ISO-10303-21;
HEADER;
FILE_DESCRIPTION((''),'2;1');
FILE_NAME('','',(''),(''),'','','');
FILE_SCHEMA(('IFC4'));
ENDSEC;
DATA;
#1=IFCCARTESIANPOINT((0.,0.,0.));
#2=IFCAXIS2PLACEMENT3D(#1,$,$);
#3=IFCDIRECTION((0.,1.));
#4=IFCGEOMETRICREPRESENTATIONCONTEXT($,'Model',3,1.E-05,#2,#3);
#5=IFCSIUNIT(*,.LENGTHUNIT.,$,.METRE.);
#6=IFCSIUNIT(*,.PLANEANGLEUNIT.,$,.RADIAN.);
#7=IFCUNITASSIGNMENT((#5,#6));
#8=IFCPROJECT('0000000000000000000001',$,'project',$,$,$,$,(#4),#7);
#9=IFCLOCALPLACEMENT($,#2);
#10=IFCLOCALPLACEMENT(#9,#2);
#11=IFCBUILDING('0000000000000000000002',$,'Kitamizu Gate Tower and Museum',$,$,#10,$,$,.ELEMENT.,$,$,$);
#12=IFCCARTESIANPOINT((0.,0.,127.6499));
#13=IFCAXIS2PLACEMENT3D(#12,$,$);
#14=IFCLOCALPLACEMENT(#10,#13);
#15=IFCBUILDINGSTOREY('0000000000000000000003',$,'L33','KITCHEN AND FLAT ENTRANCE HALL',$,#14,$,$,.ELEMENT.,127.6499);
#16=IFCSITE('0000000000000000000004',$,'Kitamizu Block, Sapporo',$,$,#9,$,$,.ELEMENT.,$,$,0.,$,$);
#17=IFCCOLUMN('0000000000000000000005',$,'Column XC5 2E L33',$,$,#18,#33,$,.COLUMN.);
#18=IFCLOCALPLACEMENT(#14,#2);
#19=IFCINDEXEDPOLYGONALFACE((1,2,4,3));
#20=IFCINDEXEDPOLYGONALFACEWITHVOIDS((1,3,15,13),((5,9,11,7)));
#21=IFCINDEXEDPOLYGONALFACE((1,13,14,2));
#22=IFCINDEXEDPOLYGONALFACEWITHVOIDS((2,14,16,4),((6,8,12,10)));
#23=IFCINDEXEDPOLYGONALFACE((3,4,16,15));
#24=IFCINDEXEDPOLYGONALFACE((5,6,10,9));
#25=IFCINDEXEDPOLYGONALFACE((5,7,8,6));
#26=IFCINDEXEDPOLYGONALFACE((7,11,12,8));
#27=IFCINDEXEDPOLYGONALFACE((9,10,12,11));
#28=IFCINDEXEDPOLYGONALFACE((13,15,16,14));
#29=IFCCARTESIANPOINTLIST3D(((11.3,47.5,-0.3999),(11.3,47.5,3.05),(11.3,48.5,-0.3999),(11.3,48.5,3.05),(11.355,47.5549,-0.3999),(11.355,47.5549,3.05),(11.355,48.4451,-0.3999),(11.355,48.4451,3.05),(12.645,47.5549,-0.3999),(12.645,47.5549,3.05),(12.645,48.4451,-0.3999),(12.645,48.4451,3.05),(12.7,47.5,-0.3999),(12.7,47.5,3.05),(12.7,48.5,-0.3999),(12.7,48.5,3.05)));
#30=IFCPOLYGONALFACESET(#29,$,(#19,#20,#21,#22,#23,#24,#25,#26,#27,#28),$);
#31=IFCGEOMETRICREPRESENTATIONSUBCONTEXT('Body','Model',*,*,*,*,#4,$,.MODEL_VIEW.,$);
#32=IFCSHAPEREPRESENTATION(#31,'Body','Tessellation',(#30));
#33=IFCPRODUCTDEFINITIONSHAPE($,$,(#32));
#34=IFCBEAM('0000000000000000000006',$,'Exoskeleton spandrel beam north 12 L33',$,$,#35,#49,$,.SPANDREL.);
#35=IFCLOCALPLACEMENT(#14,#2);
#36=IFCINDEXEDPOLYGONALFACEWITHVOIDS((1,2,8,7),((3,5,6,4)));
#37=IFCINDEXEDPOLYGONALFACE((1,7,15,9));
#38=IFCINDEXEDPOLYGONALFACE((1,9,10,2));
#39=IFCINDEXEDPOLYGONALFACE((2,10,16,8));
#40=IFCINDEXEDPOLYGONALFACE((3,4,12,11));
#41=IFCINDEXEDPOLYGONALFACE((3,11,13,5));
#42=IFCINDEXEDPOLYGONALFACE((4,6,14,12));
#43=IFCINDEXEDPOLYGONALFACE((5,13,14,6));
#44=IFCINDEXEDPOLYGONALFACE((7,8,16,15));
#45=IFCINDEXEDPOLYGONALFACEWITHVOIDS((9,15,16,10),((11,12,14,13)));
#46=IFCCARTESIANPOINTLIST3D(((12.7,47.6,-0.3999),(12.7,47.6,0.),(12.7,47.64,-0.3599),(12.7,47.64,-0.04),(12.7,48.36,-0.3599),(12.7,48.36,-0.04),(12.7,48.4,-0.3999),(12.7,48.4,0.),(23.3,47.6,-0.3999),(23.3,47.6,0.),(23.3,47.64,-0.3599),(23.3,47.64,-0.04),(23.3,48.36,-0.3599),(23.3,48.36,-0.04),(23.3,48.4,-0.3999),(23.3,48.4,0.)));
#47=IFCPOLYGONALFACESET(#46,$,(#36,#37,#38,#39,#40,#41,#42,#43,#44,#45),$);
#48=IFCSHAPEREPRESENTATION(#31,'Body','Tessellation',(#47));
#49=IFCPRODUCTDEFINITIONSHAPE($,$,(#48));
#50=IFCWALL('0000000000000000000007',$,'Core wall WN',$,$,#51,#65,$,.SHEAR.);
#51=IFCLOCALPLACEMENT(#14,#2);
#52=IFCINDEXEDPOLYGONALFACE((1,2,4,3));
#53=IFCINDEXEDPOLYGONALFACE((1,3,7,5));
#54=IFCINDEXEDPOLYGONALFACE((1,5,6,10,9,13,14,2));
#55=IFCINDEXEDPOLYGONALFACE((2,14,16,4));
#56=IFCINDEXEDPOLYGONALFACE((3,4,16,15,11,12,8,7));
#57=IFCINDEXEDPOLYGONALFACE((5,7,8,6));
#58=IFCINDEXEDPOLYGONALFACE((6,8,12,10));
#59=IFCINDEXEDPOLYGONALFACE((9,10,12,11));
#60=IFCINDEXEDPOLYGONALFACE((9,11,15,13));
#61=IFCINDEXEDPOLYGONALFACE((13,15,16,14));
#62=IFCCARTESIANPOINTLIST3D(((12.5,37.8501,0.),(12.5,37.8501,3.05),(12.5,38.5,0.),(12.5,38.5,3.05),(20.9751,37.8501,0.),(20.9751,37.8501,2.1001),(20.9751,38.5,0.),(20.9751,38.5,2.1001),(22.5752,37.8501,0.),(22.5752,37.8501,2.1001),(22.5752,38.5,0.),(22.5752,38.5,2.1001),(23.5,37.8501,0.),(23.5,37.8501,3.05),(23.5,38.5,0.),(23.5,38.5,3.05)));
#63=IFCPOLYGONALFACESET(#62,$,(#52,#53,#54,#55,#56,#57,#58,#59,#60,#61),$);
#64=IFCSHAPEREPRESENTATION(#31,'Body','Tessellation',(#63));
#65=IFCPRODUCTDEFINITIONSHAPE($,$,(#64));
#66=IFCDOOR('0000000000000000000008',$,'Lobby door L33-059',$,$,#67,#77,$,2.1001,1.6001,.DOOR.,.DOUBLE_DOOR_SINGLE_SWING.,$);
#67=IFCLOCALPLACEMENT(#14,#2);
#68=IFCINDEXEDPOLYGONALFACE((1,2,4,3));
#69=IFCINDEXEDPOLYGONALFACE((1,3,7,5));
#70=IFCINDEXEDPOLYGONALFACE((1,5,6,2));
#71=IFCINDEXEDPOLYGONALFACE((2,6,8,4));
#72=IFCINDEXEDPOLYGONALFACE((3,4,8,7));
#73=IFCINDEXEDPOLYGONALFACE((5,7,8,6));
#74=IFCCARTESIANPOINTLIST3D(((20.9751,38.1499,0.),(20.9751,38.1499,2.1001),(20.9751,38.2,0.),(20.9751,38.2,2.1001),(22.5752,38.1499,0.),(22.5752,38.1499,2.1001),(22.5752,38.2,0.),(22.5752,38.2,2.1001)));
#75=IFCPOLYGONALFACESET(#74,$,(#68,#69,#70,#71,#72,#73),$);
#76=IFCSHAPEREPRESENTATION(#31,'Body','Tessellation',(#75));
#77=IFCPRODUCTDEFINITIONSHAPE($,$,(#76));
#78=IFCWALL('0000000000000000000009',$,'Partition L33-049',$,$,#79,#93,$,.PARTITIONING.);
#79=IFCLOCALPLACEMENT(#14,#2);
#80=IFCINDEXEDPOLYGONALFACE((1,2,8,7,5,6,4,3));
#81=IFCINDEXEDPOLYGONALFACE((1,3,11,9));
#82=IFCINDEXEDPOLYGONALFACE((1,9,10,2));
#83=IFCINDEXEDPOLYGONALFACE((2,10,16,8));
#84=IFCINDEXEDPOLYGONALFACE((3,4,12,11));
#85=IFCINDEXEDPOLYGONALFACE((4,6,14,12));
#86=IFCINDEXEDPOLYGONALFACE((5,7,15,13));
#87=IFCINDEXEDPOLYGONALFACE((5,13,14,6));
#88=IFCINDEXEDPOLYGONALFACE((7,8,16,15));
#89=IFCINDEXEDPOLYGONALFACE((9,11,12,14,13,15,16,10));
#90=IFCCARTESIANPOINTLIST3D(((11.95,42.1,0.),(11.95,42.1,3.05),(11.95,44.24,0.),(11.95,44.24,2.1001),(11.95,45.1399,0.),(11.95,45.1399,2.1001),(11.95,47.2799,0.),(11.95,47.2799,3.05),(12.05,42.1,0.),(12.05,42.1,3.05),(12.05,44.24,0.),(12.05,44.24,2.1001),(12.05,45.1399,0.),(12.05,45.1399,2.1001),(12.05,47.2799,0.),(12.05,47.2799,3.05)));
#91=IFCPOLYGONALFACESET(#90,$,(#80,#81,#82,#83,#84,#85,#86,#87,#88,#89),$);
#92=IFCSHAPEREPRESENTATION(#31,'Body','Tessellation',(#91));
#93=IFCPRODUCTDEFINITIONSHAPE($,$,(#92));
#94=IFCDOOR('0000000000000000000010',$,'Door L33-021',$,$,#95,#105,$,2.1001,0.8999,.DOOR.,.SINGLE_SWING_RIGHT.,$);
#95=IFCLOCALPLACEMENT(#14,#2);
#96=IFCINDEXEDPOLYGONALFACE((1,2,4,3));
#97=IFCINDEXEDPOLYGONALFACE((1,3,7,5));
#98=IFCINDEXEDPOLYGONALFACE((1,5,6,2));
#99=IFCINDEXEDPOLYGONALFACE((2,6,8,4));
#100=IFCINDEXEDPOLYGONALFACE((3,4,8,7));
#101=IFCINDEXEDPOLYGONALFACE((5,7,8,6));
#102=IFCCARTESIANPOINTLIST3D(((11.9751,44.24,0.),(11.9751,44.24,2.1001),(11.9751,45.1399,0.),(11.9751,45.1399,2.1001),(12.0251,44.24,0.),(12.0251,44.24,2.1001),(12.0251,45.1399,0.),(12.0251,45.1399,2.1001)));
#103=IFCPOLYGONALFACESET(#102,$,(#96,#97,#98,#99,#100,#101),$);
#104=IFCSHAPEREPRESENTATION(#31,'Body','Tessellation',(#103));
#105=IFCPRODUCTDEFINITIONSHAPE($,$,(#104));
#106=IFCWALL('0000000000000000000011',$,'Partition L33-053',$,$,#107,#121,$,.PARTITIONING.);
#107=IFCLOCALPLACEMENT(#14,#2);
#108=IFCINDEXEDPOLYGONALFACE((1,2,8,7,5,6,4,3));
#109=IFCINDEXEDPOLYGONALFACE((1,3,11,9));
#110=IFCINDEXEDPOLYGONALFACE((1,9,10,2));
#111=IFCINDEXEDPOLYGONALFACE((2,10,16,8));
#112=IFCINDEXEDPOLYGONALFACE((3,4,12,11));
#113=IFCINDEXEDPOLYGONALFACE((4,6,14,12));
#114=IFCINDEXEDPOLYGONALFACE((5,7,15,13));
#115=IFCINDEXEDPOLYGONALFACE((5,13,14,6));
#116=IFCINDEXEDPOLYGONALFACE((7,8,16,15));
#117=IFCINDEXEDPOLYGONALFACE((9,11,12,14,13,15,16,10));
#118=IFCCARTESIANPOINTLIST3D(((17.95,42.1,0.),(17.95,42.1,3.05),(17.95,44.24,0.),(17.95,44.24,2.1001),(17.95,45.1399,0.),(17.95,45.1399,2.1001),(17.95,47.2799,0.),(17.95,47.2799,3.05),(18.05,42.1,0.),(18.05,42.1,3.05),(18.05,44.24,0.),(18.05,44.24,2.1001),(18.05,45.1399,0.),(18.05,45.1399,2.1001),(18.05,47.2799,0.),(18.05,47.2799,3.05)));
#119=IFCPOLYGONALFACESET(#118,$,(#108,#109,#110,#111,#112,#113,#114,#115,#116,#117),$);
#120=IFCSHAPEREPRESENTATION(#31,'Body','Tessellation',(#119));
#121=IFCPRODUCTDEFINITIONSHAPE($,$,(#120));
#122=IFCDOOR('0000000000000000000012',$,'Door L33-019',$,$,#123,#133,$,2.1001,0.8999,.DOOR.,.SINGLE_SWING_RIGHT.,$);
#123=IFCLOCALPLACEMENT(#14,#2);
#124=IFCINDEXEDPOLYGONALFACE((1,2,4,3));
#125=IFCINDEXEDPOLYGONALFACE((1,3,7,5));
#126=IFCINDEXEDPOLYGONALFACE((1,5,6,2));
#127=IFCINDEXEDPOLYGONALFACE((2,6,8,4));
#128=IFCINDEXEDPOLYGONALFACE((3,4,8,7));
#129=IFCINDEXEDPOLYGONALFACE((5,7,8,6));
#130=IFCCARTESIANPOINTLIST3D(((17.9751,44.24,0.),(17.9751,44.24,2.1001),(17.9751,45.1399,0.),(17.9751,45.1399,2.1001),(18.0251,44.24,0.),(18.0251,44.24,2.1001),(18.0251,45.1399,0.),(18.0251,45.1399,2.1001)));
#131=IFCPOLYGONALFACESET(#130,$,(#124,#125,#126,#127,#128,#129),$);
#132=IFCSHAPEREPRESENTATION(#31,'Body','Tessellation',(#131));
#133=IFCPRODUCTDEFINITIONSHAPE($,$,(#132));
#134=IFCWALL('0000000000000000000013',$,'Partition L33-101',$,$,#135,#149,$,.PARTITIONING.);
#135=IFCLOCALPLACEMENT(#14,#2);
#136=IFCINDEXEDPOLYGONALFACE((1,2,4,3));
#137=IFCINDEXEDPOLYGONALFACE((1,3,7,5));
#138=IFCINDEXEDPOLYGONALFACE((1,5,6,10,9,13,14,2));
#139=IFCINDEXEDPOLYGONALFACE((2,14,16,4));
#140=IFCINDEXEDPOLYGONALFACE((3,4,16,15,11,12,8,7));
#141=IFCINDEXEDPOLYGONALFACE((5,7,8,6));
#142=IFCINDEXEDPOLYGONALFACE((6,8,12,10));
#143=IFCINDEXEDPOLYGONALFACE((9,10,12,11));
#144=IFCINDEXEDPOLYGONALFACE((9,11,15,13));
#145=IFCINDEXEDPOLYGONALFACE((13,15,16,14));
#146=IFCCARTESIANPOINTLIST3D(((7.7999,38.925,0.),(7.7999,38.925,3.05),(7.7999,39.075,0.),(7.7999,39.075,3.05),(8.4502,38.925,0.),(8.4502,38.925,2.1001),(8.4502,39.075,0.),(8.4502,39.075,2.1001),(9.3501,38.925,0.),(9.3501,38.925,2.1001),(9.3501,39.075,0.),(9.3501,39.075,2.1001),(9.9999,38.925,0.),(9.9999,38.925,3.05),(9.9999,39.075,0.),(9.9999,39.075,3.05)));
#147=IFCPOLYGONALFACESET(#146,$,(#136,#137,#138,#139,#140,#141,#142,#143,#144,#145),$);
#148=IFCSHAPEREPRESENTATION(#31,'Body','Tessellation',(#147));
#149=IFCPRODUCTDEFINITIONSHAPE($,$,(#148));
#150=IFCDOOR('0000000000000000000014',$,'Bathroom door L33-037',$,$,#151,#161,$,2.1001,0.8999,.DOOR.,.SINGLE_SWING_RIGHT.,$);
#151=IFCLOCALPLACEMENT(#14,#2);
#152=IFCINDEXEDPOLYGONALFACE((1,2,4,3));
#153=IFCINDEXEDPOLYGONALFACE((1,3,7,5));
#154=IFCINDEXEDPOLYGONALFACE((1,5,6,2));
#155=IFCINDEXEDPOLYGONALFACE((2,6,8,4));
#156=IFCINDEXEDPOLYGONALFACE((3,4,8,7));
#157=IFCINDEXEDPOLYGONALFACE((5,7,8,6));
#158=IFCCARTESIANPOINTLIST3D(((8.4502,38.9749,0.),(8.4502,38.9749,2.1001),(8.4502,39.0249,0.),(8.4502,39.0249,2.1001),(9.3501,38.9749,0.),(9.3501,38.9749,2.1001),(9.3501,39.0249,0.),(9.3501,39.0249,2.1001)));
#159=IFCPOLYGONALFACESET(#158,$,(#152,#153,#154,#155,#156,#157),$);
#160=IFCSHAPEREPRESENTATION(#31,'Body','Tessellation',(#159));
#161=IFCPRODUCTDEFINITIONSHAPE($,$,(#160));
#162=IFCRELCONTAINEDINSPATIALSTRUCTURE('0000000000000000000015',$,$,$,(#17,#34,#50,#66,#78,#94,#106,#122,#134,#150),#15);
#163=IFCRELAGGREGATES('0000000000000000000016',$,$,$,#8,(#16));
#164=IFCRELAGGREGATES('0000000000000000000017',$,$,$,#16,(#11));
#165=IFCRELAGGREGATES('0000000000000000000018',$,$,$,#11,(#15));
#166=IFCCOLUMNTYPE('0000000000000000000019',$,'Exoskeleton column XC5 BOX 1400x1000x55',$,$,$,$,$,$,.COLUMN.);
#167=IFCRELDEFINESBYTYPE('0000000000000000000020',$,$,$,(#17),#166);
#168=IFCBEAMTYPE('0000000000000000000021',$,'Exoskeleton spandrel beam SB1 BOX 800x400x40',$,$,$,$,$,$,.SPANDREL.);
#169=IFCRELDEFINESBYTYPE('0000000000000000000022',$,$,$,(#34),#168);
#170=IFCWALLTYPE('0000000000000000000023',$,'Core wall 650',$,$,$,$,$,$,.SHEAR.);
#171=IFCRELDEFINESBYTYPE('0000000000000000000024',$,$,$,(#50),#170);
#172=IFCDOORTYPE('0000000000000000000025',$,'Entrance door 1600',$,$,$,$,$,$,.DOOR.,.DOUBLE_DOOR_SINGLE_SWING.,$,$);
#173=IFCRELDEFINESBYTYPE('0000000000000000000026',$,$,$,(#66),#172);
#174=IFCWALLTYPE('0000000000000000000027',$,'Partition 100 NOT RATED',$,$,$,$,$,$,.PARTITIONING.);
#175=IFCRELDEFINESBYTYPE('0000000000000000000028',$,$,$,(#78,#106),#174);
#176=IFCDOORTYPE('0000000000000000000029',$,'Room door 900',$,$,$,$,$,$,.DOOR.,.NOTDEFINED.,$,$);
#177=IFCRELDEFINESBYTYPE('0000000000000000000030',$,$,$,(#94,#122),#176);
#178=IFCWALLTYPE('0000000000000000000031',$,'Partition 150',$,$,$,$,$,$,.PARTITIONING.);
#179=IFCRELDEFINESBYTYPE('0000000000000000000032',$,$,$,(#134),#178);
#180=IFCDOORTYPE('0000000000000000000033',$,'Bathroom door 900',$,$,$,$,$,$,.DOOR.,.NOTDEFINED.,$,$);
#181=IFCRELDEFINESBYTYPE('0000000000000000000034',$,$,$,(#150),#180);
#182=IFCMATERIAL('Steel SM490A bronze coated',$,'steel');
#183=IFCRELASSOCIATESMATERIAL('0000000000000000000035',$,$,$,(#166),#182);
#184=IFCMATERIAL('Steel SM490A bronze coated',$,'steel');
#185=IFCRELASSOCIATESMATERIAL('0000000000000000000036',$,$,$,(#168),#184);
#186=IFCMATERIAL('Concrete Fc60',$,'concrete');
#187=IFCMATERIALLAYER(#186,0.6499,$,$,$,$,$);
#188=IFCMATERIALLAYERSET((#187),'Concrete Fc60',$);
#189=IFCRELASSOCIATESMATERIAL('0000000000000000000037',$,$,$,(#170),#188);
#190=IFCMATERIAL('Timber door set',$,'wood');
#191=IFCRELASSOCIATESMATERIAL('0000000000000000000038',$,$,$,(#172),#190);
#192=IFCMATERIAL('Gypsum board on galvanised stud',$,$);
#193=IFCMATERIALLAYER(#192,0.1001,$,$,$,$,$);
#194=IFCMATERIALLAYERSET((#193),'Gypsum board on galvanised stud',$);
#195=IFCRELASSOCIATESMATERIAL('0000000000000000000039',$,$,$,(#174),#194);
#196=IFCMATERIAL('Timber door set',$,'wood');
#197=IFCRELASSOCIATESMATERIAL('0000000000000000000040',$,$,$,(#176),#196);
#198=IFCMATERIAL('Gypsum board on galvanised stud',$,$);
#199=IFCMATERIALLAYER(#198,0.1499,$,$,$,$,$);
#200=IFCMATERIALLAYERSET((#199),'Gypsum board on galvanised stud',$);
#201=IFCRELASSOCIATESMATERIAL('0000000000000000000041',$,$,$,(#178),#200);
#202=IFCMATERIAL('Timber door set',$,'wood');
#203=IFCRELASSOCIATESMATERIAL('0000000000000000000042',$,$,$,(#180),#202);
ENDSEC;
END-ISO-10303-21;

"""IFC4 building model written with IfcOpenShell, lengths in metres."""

from ifc_helpers import new_model, si_unit, direction, frame, frame_2d, origin, origin_2d, place, context, subcontext, project, spatial, rectangle, hollow_rectangle, extrude, material, layer, layer_set, material_profile, profile_set, type_object, element, fill, save


model = new_model("IFC4")

# Units and contexts
model_context = context("Model", 3, precision=1e-05, world=origin(), true_north=direction((0.0, 1.0)))
body_context = subcontext(model_context, "Body", "Model", "MODEL_VIEW")
ifc_project = project(units=[si_unit("LENGTHUNIT", "METRE"), si_unit("PLANEANGLEUNIT", "RADIAN")], contexts=[model_context])

# Site, building, storey
site_placement = place(None, origin())
site = spatial("IfcSite", under=ifc_project, at=site_placement, Name="Kitamizu Block, Sapporo", CompositionType="ELEMENT", RefElevation=0.0)
building_placement = place(site_placement, origin())
building = spatial("IfcBuilding", under=site, at=building_placement, Name="Kitamizu Gate Tower and Museum", CompositionType="ELEMENT")
storey_placement = place(building_placement, frame((0.0, 0.0, 127.6499)))
storey = spatial("IfcBuildingStorey", under=building, at=storey_placement, Name="L33", Description="KITCHEN AND FLAT ENTRANCE HALL", CompositionType="ELEMENT", Elevation=127.6499)

# Column
ifc_material_1 = material(Name="Steel SM490A bronze coated", Category="steel")
ifc_material_profile_1 = material_profile(ifc_material_1, hollow_rectangle(XDim=1.3999, YDim=1.0, WallThickness=0.0549, at=origin_2d()), Name="BOX 1400x1000x55")
ifc_profile_set_1 = profile_set([ifc_material_profile_1], Name="Steel SM490A bronze coated")
column_type = type_object("IfcColumnType", Name="Exoskeleton column XC5 BOX 1400x1000x55", PredefinedType="COLUMN", material=ifc_profile_set_1)
column_placement = place(storey_placement, frame((12.0, 48.0, -0.3999), z_axis=(0.0, 0.0, 1.0), x_axis=(1.0, 0.0, 0.0)))
element("IfcColumn", 1, at=column_placement, inside=storey, type_object=column_type, Name="Column XC5 2E L33", PredefinedType="COLUMN", context=body_context, shape_type="SweptSolid", body=[
    extrude(hollow_rectangle(XDim=1.3999, YDim=1.0, WallThickness=0.0549, at=origin_2d()), origin(), (0.0, 0.0, 1.0), 3.45),
])

# Beam
ifc_material_2 = material(Name="Steel SM490A bronze coated", Category="steel")
ifc_material_profile_2 = material_profile(ifc_material_2, hollow_rectangle(XDim=0.8, YDim=0.3999, WallThickness=0.04, at=origin_2d()), Name="BOX 800x400x40")
ifc_profile_set_2 = profile_set([ifc_material_profile_2], Name="Steel SM490A bronze coated")
beam_type = type_object("IfcBeamType", Name="Exoskeleton spandrel beam SB1 BOX 800x400x40", PredefinedType="SPANDREL", material=ifc_profile_set_2)
beam_placement = place(storey_placement, frame((12.7, 48.0, -0.2), z_axis=(1.0, 0.0, 0.0), x_axis=(0.0, 1.0, 0.0)))
element("IfcBeam", 2, at=beam_placement, inside=storey, type_object=beam_type, Name="Exoskeleton spandrel beam north 12 L33", PredefinedType="SPANDREL", context=body_context, shape_type="SweptSolid", body=[
    extrude(hollow_rectangle(XDim=0.8, YDim=0.3999, WallThickness=0.04, at=origin_2d()), origin(), (0.0, 0.0, 1.0), 10.6001),
])

# Walls, openings, doors
ifc_material_3 = material(Name="Concrete Fc60", Category="concrete")
ifc_layer_1 = layer(ifc_material_3, 0.6499)
ifc_layer_set_1 = layer_set([ifc_layer_1], Name="Concrete Fc60")
wall_type_1 = type_object("IfcWallType", Name="Core wall 650", PredefinedType="SHEAR", material=ifc_layer_set_1)
wall_1_placement = place(storey_placement, frame((12.5, 38.175, 0.0), z_axis=(0.0, 0.0, 1.0), x_axis=(1.0, 0.0, 0.0)))
wall_1 = element("IfcWall", 3, at=wall_1_placement, inside=storey, type_object=wall_type_1, Name="Core wall WN", PredefinedType="SHEAR", context=body_context, shape_type="SweptSolid", body=[
    extrude(rectangle(XDim=11.0, YDim=0.6499, at=frame_2d((5.5, 0.0))), origin(), (0.0, 0.0, 1.0), 3.05),
])
opening_1_placement = place(wall_1_placement, frame((8.4751, 0.0, 0.0)))
opening_1 = element("IfcOpeningElement", 4, at=opening_1_placement, cuts=wall_1, PredefinedType="OPENING", context=body_context, shape_type="SweptSolid", body=[
    extrude(rectangle(XDim=1.6001, YDim=2.1001, at=frame_2d((0.8, 1.05))), frame((0.0, 0.335, 0.0), z_axis=(0.0, -1.0, 0.0), x_axis=(1.0, 0.0, 0.0)), (0.0, 0.0, 1.0), 0.6699),
])
ifc_material_4 = material(Name="Timber door set", Category="wood")
door_type_1 = type_object("IfcDoorType", Name="Entrance door 1600", OperationType="DOUBLE_DOOR_SINGLE_SWING", PredefinedType="DOOR", material=ifc_material_4)
door_1_placement = place(opening_1_placement, origin())
door_1 = element("IfcDoor", 5, at=door_1_placement, inside=storey, type_object=door_type_1, Name="Lobby door L33-059", OperationType="DOUBLE_DOOR_SINGLE_SWING", OverallHeight=2.1001, OverallWidth=1.6001, PredefinedType="DOOR", context=body_context, shape_type="SweptSolid", body=[
    extrude(rectangle(XDim=1.6001, YDim=2.1001, at=frame_2d((0.8, 1.05))), frame((0.0, 0.0249, 0.0), z_axis=(0.0, -1.0, 0.0), x_axis=(1.0, 0.0, 0.0)), (0.0, 0.0, 1.0), 0.05),
])
fill(opening_1, door_1)
ifc_material_5 = material(Name="Gypsum board on galvanised stud")
ifc_layer_2 = layer(ifc_material_5, 0.1001)
ifc_layer_set_2 = layer_set([ifc_layer_2], Name="Gypsum board on galvanised stud")
wall_type_2 = type_object("IfcWallType", Name="Partition 100 NOT RATED", PredefinedType="PARTITIONING", material=ifc_layer_set_2)
wall_2_placement = place(storey_placement, frame((12.0, 42.1001, 0.0), z_axis=(0.0, 0.0, 1.0), x_axis=(0.0, 1.0, 0.0)))
wall_2 = element("IfcWall", 6, at=wall_2_placement, inside=storey, type_object=wall_type_2, Name="Partition L33-049", PredefinedType="PARTITIONING", context=body_context, shape_type="SweptSolid", body=[
    extrude(rectangle(XDim=5.1799, YDim=0.1001, at=frame_2d((2.5898, 0.0))), origin(), (0.0, 0.0, 1.0), 3.05),
])
opening_2_placement = place(wall_2_placement, frame((2.1399, 0.0, 0.0)))
opening_2 = element("IfcOpeningElement", 7, at=opening_2_placement, cuts=wall_2, PredefinedType="OPENING", context=body_context, shape_type="SweptSolid", body=[
    extrude(rectangle(XDim=0.8999, YDim=2.1001, at=frame_2d((0.45, 1.05))), frame((0.0, 0.0601, 0.0), z_axis=(0.0, -1.0, 0.0), x_axis=(1.0, 0.0, 0.0)), (0.0, 0.0, 1.0), 0.1201),
])
ifc_material_6 = material(Name="Timber door set", Category="wood")
door_type_2 = type_object("IfcDoorType", Name="Room door 900", OperationType="NOTDEFINED", PredefinedType="DOOR", material=ifc_material_6)
door_2_placement = place(opening_2_placement, origin())
door_2 = element("IfcDoor", 8, at=door_2_placement, inside=storey, type_object=door_type_2, Name="Door L33-021", OperationType="SINGLE_SWING_RIGHT", OverallHeight=2.1001, OverallWidth=0.8999, PredefinedType="DOOR", context=body_context, shape_type="SweptSolid", body=[
    extrude(rectangle(XDim=0.8999, YDim=2.1001, at=frame_2d((0.45, 1.05))), frame((0.0, 0.0249, 0.0), z_axis=(0.0, -1.0, 0.0), x_axis=(1.0, 0.0, 0.0)), (0.0, 0.0, 1.0), 0.05),
])
fill(opening_2, door_2)
wall_3_placement = place(storey_placement, frame((18.0, 42.1001, 0.0), z_axis=(0.0, 0.0, 1.0), x_axis=(0.0, 1.0, 0.0)))
wall_3 = element("IfcWall", 9, at=wall_3_placement, inside=storey, type_object=wall_type_2, Name="Partition L33-053", PredefinedType="PARTITIONING", context=body_context, shape_type="SweptSolid", body=[
    extrude(rectangle(XDim=5.1799, YDim=0.1001, at=frame_2d((2.5898, 0.0))), origin(), (0.0, 0.0, 1.0), 3.05),
])
opening_3_placement = place(wall_3_placement, frame((2.1399, 0.0, 0.0)))
opening_3 = element("IfcOpeningElement", 10, at=opening_3_placement, cuts=wall_3, PredefinedType="OPENING", context=body_context, shape_type="SweptSolid", body=[
    extrude(rectangle(XDim=0.8999, YDim=2.1001, at=frame_2d((0.45, 1.05))), frame((0.0, 0.0601, 0.0), z_axis=(0.0, -1.0, 0.0), x_axis=(1.0, 0.0, 0.0)), (0.0, 0.0, 1.0), 0.1201),
])
door_3_placement = place(opening_3_placement, origin())
door_3 = element("IfcDoor", 11, at=door_3_placement, inside=storey, type_object=door_type_2, Name="Door L33-019", OperationType="SINGLE_SWING_RIGHT", OverallHeight=2.1001, OverallWidth=0.8999, PredefinedType="DOOR", context=body_context, shape_type="SweptSolid", body=[
    extrude(rectangle(XDim=0.8999, YDim=2.1001, at=frame_2d((0.45, 1.05))), frame((0.0, 0.0249, 0.0), z_axis=(0.0, -1.0, 0.0), x_axis=(1.0, 0.0, 0.0)), (0.0, 0.0, 1.0), 0.05),
])
fill(opening_3, door_3)
ifc_material_7 = material(Name="Gypsum board on galvanised stud")
ifc_layer_3 = layer(ifc_material_7, 0.1499)
ifc_layer_set_3 = layer_set([ifc_layer_3], Name="Gypsum board on galvanised stud")
wall_type_3 = type_object("IfcWallType", Name="Partition 150", PredefinedType="PARTITIONING", material=ifc_layer_set_3)
wall_4_placement = place(storey_placement, frame((10.0, 39.0, 0.0), z_axis=(0.0, 0.0, 1.0), x_axis=(-1.0, 0.0, 0.0)))
wall_4 = element("IfcWall", 12, at=wall_4_placement, inside=storey, type_object=wall_type_3, Name="Partition L33-101", PredefinedType="PARTITIONING", context=body_context, shape_type="SweptSolid", body=[
    extrude(rectangle(XDim=2.2, YDim=0.1499, at=frame_2d((1.1001, 0.0))), origin(), (0.0, 0.0, 1.0), 3.05),
])
opening_4_placement = place(wall_4_placement, frame((0.6499, 0.0, 0.0)))
opening_4 = element("IfcOpeningElement", 13, at=opening_4_placement, cuts=wall_4, PredefinedType="OPENING", context=body_context, shape_type="SweptSolid", body=[
    extrude(rectangle(XDim=0.8999, YDim=2.1001, at=frame_2d((0.45, 1.05))), frame((0.0, 0.085, 0.0), z_axis=(0.0, -1.0, 0.0), x_axis=(1.0, 0.0, 0.0)), (0.0, 0.0, 1.0), 0.1699),
])
ifc_material_8 = material(Name="Timber door set", Category="wood")
door_type_3 = type_object("IfcDoorType", Name="Bathroom door 900", OperationType="NOTDEFINED", PredefinedType="DOOR", material=ifc_material_8)
door_4_placement = place(opening_4_placement, frame((0.8999, 0.0, 0.0), x_axis=(-1.0, 0.0, 0.0)))
door_4 = element("IfcDoor", 14, at=door_4_placement, inside=storey, type_object=door_type_3, Name="Bathroom door L33-037", OperationType="SINGLE_SWING_RIGHT", OverallHeight=2.1001, OverallWidth=0.8999, PredefinedType="DOOR", context=body_context, shape_type="SweptSolid", body=[
    extrude(rectangle(XDim=0.8999, YDim=2.1001, at=frame_2d((0.45, 1.05))), frame((0.0, 0.0249, 0.0), z_axis=(0.0, -1.0, 0.0), x_axis=(1.0, 0.0, 0.0)), (0.0, 0.0, 1.0), 0.05),
])
fill(opening_4, door_4)

save(model, "model.ifc")
